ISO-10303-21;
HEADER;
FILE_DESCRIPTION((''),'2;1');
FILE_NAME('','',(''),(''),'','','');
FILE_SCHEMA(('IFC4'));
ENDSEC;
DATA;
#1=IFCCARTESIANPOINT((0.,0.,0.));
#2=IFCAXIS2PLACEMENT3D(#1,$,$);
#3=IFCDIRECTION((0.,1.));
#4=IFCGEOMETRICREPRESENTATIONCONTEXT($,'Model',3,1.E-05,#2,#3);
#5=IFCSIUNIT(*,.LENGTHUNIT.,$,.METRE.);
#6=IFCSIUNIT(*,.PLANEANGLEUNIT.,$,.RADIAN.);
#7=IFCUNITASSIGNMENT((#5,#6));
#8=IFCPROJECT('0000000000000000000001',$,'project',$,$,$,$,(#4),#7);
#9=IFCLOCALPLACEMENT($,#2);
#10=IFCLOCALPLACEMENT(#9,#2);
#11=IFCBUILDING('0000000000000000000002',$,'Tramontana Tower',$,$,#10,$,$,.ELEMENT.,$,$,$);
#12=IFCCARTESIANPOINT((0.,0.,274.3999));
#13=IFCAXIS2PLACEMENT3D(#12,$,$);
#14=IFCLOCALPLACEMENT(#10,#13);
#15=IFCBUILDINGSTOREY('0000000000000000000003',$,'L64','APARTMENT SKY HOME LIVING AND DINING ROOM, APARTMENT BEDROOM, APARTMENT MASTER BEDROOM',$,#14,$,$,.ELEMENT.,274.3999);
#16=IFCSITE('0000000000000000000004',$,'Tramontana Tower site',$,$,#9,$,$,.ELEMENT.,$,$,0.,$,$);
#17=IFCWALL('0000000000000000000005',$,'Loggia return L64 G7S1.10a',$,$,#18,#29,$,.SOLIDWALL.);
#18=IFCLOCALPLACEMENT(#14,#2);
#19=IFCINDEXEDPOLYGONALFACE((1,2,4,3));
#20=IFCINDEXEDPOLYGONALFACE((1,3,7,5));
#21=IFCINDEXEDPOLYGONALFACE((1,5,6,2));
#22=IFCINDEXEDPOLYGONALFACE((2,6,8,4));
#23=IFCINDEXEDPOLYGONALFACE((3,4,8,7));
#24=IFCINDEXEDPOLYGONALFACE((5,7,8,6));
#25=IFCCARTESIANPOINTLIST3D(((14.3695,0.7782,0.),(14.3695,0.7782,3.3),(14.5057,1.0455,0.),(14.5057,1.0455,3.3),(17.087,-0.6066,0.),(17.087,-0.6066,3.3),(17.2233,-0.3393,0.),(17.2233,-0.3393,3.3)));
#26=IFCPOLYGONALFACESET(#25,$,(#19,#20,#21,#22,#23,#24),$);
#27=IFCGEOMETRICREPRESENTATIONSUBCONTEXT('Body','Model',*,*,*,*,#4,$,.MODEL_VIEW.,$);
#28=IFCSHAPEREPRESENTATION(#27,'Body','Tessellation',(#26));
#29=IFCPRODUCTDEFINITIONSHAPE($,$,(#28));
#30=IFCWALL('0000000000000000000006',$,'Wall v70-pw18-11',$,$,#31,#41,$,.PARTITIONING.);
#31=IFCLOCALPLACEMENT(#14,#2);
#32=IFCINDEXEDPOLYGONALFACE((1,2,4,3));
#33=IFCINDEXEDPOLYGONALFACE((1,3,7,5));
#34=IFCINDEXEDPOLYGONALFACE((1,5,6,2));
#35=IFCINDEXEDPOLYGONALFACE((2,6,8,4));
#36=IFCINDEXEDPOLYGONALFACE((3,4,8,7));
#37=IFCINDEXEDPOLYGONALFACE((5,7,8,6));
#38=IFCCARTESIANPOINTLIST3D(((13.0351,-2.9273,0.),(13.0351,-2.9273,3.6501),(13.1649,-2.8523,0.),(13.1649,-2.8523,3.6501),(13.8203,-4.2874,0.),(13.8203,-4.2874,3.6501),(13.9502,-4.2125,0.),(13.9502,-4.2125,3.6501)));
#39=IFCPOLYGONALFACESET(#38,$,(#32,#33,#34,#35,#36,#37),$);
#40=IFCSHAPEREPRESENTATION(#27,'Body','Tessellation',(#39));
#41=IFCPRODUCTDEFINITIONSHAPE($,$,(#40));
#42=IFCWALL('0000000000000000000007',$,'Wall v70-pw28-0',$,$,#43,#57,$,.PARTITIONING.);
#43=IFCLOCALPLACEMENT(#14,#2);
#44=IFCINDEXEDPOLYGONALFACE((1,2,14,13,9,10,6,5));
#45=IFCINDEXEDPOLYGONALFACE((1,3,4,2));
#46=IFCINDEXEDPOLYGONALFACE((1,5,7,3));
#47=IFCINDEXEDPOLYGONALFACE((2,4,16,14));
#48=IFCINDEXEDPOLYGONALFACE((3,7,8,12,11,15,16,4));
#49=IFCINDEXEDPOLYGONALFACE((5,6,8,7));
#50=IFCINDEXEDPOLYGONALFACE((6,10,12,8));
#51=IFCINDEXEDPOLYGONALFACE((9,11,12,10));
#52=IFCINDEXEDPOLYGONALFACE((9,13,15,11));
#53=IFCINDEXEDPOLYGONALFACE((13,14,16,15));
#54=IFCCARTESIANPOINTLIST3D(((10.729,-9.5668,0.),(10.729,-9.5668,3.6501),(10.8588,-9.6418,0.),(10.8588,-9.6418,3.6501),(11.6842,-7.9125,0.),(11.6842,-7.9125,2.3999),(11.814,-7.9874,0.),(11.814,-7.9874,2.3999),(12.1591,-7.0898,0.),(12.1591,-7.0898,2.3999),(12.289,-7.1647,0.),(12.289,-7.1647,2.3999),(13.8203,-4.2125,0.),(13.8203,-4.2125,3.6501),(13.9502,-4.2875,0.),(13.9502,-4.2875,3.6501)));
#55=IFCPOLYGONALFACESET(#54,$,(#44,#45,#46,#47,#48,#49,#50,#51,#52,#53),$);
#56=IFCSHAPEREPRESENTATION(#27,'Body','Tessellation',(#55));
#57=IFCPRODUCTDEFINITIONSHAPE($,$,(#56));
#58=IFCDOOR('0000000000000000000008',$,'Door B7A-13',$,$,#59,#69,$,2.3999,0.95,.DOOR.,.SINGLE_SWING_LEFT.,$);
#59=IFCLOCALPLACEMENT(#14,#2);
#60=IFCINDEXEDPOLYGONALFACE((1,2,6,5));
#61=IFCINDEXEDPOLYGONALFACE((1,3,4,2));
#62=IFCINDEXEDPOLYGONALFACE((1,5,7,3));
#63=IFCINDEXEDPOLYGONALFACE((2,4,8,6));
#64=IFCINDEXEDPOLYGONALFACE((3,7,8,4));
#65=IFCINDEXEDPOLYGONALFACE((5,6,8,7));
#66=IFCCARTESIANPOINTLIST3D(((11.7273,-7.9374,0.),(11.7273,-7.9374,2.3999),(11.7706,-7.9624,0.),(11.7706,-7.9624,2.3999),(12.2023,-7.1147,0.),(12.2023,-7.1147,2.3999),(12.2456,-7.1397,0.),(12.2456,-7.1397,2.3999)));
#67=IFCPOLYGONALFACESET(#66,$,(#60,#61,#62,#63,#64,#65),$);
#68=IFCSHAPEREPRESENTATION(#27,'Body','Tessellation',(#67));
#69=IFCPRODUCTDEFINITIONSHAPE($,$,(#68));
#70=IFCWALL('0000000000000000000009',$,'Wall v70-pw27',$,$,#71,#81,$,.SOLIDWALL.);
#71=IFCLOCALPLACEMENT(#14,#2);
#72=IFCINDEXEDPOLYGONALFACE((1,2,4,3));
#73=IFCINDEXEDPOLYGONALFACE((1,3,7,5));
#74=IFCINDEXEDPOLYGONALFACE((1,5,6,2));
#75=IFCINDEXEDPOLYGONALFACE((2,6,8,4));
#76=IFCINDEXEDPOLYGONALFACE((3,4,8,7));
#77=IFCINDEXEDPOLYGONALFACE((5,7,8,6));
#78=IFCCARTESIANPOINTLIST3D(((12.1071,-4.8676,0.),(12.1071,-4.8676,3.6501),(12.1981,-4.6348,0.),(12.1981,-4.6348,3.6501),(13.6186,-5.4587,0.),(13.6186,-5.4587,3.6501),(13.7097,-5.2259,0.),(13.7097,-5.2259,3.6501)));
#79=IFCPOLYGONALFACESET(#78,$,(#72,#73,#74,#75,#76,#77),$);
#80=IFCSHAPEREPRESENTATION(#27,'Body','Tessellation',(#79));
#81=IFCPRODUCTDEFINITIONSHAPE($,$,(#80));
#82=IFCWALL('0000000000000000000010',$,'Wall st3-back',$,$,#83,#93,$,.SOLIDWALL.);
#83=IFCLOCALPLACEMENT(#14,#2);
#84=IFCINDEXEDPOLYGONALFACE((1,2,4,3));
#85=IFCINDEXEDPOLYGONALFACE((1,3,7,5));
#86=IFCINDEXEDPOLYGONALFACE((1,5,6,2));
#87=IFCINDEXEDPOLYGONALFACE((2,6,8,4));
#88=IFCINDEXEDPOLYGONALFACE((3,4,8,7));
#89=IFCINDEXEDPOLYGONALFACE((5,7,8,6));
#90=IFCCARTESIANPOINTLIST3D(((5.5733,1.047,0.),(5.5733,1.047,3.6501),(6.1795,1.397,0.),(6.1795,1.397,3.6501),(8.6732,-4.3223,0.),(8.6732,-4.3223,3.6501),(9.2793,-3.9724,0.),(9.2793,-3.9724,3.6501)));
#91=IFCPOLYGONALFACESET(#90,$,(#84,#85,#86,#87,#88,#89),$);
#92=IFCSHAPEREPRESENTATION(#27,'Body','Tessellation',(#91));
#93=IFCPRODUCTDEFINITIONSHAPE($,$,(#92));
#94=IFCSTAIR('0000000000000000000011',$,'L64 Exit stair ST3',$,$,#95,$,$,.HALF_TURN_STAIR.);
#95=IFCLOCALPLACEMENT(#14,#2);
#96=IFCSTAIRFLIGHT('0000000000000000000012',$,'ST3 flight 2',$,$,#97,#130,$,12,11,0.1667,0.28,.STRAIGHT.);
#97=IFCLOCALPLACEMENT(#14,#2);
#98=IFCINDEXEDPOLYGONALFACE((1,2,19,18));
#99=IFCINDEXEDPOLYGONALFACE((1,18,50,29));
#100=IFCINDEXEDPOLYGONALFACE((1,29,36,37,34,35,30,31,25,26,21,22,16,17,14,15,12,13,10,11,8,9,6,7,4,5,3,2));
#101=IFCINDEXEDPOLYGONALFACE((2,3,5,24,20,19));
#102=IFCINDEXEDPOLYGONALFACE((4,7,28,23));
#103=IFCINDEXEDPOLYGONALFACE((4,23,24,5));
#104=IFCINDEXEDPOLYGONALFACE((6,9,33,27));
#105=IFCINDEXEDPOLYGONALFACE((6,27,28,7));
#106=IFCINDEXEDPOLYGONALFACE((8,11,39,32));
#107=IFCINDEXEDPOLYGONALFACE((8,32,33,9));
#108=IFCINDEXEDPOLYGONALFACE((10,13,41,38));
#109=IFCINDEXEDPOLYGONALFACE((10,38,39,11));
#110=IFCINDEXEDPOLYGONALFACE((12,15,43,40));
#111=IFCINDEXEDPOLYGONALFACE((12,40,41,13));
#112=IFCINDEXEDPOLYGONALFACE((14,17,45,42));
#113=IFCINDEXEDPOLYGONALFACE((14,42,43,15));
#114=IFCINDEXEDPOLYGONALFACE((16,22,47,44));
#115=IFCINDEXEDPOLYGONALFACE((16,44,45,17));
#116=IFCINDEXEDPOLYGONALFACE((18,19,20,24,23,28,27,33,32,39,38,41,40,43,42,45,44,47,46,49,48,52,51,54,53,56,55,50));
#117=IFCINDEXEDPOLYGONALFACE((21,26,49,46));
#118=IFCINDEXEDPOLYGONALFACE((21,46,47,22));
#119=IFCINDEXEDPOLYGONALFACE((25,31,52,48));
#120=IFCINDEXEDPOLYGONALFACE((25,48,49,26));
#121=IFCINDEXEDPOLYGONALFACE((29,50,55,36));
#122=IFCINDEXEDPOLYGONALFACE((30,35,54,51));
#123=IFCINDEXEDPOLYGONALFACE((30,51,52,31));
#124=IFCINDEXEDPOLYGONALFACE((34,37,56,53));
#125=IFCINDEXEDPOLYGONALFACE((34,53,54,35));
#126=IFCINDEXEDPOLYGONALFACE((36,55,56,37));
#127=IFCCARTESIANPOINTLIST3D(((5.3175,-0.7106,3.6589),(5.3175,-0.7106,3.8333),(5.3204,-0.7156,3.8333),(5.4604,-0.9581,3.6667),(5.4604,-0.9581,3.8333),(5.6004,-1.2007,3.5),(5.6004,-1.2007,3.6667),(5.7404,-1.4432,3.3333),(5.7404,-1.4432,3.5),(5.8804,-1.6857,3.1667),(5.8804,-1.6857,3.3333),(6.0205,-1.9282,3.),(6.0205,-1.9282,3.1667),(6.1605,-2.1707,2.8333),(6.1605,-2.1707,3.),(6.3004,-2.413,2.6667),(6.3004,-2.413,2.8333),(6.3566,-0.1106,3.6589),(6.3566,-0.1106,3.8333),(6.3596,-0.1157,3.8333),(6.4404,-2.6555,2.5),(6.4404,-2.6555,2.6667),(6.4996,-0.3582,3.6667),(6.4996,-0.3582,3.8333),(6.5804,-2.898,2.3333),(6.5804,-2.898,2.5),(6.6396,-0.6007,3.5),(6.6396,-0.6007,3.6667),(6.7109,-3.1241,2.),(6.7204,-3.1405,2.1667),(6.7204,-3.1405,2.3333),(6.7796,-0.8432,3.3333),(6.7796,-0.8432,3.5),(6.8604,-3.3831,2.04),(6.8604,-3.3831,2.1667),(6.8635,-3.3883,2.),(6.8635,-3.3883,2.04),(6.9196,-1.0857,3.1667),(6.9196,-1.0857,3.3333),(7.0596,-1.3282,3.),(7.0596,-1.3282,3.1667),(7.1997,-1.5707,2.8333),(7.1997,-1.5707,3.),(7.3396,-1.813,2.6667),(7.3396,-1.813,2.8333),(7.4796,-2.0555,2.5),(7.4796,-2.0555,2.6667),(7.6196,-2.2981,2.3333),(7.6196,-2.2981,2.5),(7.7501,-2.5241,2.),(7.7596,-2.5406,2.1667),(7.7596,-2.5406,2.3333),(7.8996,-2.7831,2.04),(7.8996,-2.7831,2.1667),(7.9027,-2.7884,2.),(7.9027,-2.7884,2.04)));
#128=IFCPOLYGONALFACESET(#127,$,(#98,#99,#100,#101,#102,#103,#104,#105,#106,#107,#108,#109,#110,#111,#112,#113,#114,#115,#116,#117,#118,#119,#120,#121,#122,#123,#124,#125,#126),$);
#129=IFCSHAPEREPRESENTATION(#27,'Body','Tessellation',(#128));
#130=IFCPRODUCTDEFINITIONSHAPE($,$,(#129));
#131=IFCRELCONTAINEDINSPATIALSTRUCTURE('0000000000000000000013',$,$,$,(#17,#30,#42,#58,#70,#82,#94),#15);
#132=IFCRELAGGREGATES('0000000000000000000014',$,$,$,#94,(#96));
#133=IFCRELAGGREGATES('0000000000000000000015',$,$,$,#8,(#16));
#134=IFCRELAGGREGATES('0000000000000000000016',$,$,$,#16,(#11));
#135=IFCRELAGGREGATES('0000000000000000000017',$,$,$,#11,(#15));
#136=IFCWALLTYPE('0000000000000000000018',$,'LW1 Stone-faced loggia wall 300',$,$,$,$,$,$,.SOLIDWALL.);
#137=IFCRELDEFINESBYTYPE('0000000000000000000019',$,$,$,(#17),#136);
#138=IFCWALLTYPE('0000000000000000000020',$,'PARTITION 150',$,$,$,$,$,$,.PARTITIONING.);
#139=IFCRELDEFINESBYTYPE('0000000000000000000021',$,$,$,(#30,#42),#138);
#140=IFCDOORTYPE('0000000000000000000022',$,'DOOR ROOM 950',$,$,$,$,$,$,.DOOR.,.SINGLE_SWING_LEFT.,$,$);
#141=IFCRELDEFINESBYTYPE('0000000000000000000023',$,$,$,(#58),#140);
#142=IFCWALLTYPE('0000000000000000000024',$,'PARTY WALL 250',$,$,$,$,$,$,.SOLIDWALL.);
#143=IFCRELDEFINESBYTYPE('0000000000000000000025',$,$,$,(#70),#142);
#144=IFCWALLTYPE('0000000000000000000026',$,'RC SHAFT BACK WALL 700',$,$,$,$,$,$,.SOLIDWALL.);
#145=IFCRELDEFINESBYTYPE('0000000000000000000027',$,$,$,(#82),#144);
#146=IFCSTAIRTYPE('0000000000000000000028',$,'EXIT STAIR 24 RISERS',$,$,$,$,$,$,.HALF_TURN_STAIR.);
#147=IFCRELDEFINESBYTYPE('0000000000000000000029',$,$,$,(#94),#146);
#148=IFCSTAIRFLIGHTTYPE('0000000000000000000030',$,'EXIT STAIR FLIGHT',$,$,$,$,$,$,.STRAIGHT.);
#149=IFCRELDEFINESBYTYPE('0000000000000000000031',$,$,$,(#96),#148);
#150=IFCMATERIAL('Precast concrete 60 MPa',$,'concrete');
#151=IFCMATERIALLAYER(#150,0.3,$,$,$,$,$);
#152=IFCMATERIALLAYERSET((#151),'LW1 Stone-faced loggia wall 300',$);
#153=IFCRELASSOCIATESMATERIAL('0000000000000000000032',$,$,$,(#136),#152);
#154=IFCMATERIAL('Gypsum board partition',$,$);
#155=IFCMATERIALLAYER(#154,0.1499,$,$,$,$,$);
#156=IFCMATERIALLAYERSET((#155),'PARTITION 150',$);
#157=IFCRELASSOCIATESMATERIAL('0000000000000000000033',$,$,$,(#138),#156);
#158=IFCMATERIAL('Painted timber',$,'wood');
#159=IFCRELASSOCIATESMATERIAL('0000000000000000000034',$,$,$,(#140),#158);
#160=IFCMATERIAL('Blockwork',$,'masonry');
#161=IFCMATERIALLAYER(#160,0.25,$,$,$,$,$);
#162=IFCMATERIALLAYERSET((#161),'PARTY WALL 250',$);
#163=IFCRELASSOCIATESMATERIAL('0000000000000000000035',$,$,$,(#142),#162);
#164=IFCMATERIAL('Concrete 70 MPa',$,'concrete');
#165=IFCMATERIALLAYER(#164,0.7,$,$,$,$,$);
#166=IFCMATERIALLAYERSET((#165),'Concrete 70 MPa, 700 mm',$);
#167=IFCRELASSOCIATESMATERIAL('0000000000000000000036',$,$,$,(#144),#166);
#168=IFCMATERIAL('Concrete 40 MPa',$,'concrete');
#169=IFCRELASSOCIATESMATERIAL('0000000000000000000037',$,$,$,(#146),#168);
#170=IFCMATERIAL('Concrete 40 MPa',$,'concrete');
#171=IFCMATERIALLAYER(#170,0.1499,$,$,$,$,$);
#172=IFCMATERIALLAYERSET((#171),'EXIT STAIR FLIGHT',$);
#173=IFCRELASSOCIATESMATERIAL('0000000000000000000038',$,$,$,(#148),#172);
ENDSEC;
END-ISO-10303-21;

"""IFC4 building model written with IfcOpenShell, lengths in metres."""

from ifc_helpers import new_model, si_unit, direction, frame, frame_2d, origin, place, context, subcontext, project, spatial, polyline, rectangle, outline, extrude, material, layer, layer_set, type_object, element, fill, aggregate, save


model = new_model("IFC4")

# Units and contexts
model_context = context("Model", 3, precision=1e-05, world=origin(), true_north=direction((0.0, 1.0)))
body_context = subcontext(model_context, "Body", "Model", "MODEL_VIEW")
ifc_project = project(units=[si_unit("LENGTHUNIT", "METRE"), si_unit("PLANEANGLEUNIT", "RADIAN")], contexts=[model_context])

# Site, building, storey
site_placement = place(None, origin())
site = spatial("IfcSite", under=ifc_project, at=site_placement, Name="Tramontana Tower site", CompositionType="ELEMENT", RefElevation=0.0)
building_placement = place(site_placement, origin())
building = spatial("IfcBuilding", under=site, at=building_placement, Name="Tramontana Tower", CompositionType="ELEMENT")
storey_placement = place(building_placement, frame((0.0, 0.0, 274.3999)))
storey = spatial("IfcBuildingStorey", under=building, at=storey_placement, Name="L64", Description="APARTMENT SKY HOME LIVING AND DINING ROOM, APARTMENT BEDROOM, APARTMENT MASTER BEDROOM", CompositionType="ELEMENT", Elevation=274.3999)

# Wall
ifc_material_1 = material(Name="Precast concrete 60 MPa", Category="concrete")
ifc_layer_1 = layer(ifc_material_1, 0.3)
ifc_layer_set_1 = layer_set([ifc_layer_1], Name="LW1 Stone-faced loggia wall 300")
wall_type_1 = type_object("IfcWallType", Name="LW1 Stone-faced loggia wall 300", PredefinedType="SOLIDWALL", material=ifc_layer_set_1)
wall_1_placement = place(storey_placement, frame((17.155, -0.4729, 0.0), z_axis=(0.0, 0.0, 1.0), x_axis=(-0.890991, 0.454021, 0.0)))
element("IfcWall", 1, at=wall_1_placement, inside=storey, type_object=wall_type_1, Name="Loggia return L64 G7S1.10a", PredefinedType="SOLIDWALL", context=body_context, shape_type="SweptSolid", body=[
    extrude(rectangle(XDim=3.05, YDim=0.3, at=frame_2d((1.5249, 0.0))), origin(), (0.0, 0.0, 1.0), 3.3),
])

# Shared definitions
ifc_material_2 = material(Name="Gypsum board partition")
ifc_layer_2 = layer(ifc_material_2, 0.1499)
ifc_layer_set_2 = layer_set([ifc_layer_2], Name="PARTITION 150")
wall_type_2 = type_object("IfcWallType", Name="PARTITION 150", PredefinedType="PARTITIONING", material=ifc_layer_set_2)
ifc_material_3 = material(Name="Painted timber", Category="wood")
door_type_1 = type_object("IfcDoorType", Name="DOOR ROOM 950", OperationType="SINGLE_SWING_LEFT", PredefinedType="DOOR", material=ifc_material_3)

# Wall
wall_2_placement = place(storey_placement, frame((13.1001, -2.8899, 0.0), z_axis=(0.0, 0.0, 1.0), x_axis=(0.499951, -0.866054, 0.0)))
element("IfcWall", 2, at=wall_2_placement, inside=storey, type_object=wall_type_2, Name="Wall v70-pw18-11", PredefinedType="PARTITIONING", context=body_context, shape_type="SweptSolid", body=[
    extrude(rectangle(XDim=1.5706, YDim=0.1499, at=frame_2d((0.7852, 0.0))), origin(), (0.0, 0.0, 1.0), 3.6501),
])

# Wall, opening, door
wall_3_placement = place(storey_placement, frame((13.8853, -4.25, 0.0), z_axis=(0.0, 0.0, 1.0), x_axis=(-0.500004, -0.866023, 0.0)))
wall_3 = element("IfcWall", 3, at=wall_3_placement, inside=storey, type_object=wall_type_2, Name="Wall v70-pw28-0", PredefinedType="PARTITIONING", context=body_context, shape_type="SweptSolid", body=[
    extrude(rectangle(XDim=6.1826, YDim=0.1499, at=frame_2d((3.0913, 0.0))), origin(), (0.0, 0.0, 1.0), 3.6501),
])
opening_1_placement = place(wall_3_placement, frame((3.3223, 0.0, 0.0)))
opening_1 = element("IfcOpeningElement", 4, at=opening_1_placement, cuts=wall_3, PredefinedType="OPENING", context=body_context, shape_type="SweptSolid", body=[
    extrude(rectangle(XDim=0.95, YDim=2.3999, at=frame_2d((0.4751, 1.2))), frame((0.0, 0.085, 0.0), z_axis=(0.0, -1.0, 0.0), x_axis=(1.0, 0.0, 0.0)), (0.0, 0.0, 1.0), 0.1699),
])
door_1_placement = place(opening_1_placement, origin())
door_1 = element("IfcDoor", 5, at=door_1_placement, inside=storey, type_object=door_type_1, Name="Door B7A-13", OperationType="SINGLE_SWING_LEFT", OverallHeight=2.3999, OverallWidth=0.95, PredefinedType="DOOR", context=body_context, shape_type="SweptSolid", body=[
    extrude(rectangle(XDim=0.95, YDim=2.3999, at=frame_2d((0.4751, 1.2))), frame((0.0, 0.0249, 0.0), z_axis=(0.0, -1.0, 0.0), x_axis=(1.0, 0.0, 0.0)), (0.0, 0.0, 1.0), 0.05),
])
fill(opening_1, door_1)

# Walls
ifc_material_4 = material(Name="Blockwork", Category="masonry")
ifc_layer_3 = layer(ifc_material_4, 0.25)
ifc_layer_set_3 = layer_set([ifc_layer_3], Name="PARTY WALL 250")
wall_type_3 = type_object("IfcWallType", Name="PARTY WALL 250", PredefinedType="SOLIDWALL", material=ifc_layer_set_3)
wall_4_placement = place(storey_placement, frame((12.1526, -4.7512, 0.0), z_axis=(0.0, 0.0, 1.0), x_axis=(0.931323, -0.364195, 0.0)))
element("IfcWall", 6, at=wall_4_placement, inside=storey, type_object=wall_type_3, Name="Wall v70-pw27", PredefinedType="SOLIDWALL", context=body_context, shape_type="SweptSolid", body=[
    extrude(rectangle(XDim=1.623, YDim=0.25, at=frame_2d((0.8115, 0.0))), origin(), (0.0, 0.0, 1.0), 3.6501),
])
ifc_material_5 = material(Name="Concrete 70 MPa", Category="concrete")
ifc_layer_4 = layer(ifc_material_5, 0.7)
ifc_layer_set_4 = layer_set([ifc_layer_4], Name="Concrete 70 MPa, 700 mm")
wall_type_4 = type_object("IfcWallType", Name="RC SHAFT BACK WALL 700", PredefinedType="SOLIDWALL", material=ifc_layer_set_4)
wall_5_placement = place(storey_placement, frame((8.9763, -4.1475, 0.0), z_axis=(0.0, 0.0, 1.0), x_axis=(-0.49998, 0.866037, 0.0)))
element("IfcWall", 7, at=wall_5_placement, inside=storey, type_object=wall_type_4, Name="Wall st3-back", PredefinedType="SOLIDWALL", context=body_context, shape_type="SweptSolid", body=[
    extrude(rectangle(XDim=6.2, YDim=0.7, at=frame_2d((3.1001, 0.0))), origin(), (0.0, 0.0, 1.0), 3.6501),
])

# Stair, stair flight
ifc_material_6 = material(Name="Concrete 40 MPa", Category="concrete")
stair_type = type_object("IfcStairType", Name="EXIT STAIR 24 RISERS", PredefinedType="HALF_TURN_STAIR", material=ifc_material_6)
stair_placement = place(storey_placement, origin())
stair = element("IfcStair", 8, at=stair_placement, inside=storey, type_object=stair_type, Name="L64 Exit stair ST3", PredefinedType="HALF_TURN_STAIR")
ifc_material_7 = material(Name="Concrete 40 MPa", Category="concrete")
ifc_layer_5 = layer(ifc_material_7, 0.1499)
ifc_layer_set_5 = layer_set([ifc_layer_5], Name="EXIT STAIR FLIGHT")
stair_flight_type = type_object("IfcStairFlightType", Name="EXIT STAIR FLIGHT", PredefinedType="STRAIGHT", material=ifc_layer_set_5)
stair_flight_placement = place(storey_placement, frame((7.3801, -3.083, 2.0), z_axis=(0.0, 0.0, 1.0), x_axis=(-0.5, 0.866025, 0.0)))
stair_flight = element("IfcStairFlight", 9, at=stair_flight_placement, type_object=stair_flight_type, Name="ST3 flight 2", NumberOfRisers=12, NumberOfTreads=11, PredefinedType="STRAIGHT", RiserHeight=0.1667, TreadLength=0.28, context=body_context, shape_type="SweptSolid", body=[
    extrude(outline(polyline([(-0.0061, 0.0), (-0.0061, 0.04), (0.0, 0.04), (0.0, 0.1667), (0.28, 0.1667), (0.28, 0.3333), (0.5601, 0.3333), (0.5601, 0.5), (0.8401, 0.5), (0.8401, 0.6667), (1.1201, 0.6667), (1.1201, 0.8333), (1.3999, 0.8333), (1.3999, 1.0), (1.6799, 1.0), (1.6799, 1.1667), (1.96, 1.1667), (1.96, 1.3333), (2.24, 1.3333), (2.24, 1.5), (2.52, 1.5), (2.52, 1.6667), (2.8, 1.6667), (2.8, 1.8333), (3.0801, 1.8333), (3.0859, 1.8333), (3.0859, 1.6589), (0.2991, 0.0), (-0.0061, 0.0)])), frame((0.0, 0.6001, 0.0), z_axis=(0.0, -1.0, 0.0), x_axis=(1.0, 0.0, 0.0)), (0.0, 0.0, 1.0), 1.2),
])
aggregate(stair, [stair_flight])

save(model, "model.ifc")
